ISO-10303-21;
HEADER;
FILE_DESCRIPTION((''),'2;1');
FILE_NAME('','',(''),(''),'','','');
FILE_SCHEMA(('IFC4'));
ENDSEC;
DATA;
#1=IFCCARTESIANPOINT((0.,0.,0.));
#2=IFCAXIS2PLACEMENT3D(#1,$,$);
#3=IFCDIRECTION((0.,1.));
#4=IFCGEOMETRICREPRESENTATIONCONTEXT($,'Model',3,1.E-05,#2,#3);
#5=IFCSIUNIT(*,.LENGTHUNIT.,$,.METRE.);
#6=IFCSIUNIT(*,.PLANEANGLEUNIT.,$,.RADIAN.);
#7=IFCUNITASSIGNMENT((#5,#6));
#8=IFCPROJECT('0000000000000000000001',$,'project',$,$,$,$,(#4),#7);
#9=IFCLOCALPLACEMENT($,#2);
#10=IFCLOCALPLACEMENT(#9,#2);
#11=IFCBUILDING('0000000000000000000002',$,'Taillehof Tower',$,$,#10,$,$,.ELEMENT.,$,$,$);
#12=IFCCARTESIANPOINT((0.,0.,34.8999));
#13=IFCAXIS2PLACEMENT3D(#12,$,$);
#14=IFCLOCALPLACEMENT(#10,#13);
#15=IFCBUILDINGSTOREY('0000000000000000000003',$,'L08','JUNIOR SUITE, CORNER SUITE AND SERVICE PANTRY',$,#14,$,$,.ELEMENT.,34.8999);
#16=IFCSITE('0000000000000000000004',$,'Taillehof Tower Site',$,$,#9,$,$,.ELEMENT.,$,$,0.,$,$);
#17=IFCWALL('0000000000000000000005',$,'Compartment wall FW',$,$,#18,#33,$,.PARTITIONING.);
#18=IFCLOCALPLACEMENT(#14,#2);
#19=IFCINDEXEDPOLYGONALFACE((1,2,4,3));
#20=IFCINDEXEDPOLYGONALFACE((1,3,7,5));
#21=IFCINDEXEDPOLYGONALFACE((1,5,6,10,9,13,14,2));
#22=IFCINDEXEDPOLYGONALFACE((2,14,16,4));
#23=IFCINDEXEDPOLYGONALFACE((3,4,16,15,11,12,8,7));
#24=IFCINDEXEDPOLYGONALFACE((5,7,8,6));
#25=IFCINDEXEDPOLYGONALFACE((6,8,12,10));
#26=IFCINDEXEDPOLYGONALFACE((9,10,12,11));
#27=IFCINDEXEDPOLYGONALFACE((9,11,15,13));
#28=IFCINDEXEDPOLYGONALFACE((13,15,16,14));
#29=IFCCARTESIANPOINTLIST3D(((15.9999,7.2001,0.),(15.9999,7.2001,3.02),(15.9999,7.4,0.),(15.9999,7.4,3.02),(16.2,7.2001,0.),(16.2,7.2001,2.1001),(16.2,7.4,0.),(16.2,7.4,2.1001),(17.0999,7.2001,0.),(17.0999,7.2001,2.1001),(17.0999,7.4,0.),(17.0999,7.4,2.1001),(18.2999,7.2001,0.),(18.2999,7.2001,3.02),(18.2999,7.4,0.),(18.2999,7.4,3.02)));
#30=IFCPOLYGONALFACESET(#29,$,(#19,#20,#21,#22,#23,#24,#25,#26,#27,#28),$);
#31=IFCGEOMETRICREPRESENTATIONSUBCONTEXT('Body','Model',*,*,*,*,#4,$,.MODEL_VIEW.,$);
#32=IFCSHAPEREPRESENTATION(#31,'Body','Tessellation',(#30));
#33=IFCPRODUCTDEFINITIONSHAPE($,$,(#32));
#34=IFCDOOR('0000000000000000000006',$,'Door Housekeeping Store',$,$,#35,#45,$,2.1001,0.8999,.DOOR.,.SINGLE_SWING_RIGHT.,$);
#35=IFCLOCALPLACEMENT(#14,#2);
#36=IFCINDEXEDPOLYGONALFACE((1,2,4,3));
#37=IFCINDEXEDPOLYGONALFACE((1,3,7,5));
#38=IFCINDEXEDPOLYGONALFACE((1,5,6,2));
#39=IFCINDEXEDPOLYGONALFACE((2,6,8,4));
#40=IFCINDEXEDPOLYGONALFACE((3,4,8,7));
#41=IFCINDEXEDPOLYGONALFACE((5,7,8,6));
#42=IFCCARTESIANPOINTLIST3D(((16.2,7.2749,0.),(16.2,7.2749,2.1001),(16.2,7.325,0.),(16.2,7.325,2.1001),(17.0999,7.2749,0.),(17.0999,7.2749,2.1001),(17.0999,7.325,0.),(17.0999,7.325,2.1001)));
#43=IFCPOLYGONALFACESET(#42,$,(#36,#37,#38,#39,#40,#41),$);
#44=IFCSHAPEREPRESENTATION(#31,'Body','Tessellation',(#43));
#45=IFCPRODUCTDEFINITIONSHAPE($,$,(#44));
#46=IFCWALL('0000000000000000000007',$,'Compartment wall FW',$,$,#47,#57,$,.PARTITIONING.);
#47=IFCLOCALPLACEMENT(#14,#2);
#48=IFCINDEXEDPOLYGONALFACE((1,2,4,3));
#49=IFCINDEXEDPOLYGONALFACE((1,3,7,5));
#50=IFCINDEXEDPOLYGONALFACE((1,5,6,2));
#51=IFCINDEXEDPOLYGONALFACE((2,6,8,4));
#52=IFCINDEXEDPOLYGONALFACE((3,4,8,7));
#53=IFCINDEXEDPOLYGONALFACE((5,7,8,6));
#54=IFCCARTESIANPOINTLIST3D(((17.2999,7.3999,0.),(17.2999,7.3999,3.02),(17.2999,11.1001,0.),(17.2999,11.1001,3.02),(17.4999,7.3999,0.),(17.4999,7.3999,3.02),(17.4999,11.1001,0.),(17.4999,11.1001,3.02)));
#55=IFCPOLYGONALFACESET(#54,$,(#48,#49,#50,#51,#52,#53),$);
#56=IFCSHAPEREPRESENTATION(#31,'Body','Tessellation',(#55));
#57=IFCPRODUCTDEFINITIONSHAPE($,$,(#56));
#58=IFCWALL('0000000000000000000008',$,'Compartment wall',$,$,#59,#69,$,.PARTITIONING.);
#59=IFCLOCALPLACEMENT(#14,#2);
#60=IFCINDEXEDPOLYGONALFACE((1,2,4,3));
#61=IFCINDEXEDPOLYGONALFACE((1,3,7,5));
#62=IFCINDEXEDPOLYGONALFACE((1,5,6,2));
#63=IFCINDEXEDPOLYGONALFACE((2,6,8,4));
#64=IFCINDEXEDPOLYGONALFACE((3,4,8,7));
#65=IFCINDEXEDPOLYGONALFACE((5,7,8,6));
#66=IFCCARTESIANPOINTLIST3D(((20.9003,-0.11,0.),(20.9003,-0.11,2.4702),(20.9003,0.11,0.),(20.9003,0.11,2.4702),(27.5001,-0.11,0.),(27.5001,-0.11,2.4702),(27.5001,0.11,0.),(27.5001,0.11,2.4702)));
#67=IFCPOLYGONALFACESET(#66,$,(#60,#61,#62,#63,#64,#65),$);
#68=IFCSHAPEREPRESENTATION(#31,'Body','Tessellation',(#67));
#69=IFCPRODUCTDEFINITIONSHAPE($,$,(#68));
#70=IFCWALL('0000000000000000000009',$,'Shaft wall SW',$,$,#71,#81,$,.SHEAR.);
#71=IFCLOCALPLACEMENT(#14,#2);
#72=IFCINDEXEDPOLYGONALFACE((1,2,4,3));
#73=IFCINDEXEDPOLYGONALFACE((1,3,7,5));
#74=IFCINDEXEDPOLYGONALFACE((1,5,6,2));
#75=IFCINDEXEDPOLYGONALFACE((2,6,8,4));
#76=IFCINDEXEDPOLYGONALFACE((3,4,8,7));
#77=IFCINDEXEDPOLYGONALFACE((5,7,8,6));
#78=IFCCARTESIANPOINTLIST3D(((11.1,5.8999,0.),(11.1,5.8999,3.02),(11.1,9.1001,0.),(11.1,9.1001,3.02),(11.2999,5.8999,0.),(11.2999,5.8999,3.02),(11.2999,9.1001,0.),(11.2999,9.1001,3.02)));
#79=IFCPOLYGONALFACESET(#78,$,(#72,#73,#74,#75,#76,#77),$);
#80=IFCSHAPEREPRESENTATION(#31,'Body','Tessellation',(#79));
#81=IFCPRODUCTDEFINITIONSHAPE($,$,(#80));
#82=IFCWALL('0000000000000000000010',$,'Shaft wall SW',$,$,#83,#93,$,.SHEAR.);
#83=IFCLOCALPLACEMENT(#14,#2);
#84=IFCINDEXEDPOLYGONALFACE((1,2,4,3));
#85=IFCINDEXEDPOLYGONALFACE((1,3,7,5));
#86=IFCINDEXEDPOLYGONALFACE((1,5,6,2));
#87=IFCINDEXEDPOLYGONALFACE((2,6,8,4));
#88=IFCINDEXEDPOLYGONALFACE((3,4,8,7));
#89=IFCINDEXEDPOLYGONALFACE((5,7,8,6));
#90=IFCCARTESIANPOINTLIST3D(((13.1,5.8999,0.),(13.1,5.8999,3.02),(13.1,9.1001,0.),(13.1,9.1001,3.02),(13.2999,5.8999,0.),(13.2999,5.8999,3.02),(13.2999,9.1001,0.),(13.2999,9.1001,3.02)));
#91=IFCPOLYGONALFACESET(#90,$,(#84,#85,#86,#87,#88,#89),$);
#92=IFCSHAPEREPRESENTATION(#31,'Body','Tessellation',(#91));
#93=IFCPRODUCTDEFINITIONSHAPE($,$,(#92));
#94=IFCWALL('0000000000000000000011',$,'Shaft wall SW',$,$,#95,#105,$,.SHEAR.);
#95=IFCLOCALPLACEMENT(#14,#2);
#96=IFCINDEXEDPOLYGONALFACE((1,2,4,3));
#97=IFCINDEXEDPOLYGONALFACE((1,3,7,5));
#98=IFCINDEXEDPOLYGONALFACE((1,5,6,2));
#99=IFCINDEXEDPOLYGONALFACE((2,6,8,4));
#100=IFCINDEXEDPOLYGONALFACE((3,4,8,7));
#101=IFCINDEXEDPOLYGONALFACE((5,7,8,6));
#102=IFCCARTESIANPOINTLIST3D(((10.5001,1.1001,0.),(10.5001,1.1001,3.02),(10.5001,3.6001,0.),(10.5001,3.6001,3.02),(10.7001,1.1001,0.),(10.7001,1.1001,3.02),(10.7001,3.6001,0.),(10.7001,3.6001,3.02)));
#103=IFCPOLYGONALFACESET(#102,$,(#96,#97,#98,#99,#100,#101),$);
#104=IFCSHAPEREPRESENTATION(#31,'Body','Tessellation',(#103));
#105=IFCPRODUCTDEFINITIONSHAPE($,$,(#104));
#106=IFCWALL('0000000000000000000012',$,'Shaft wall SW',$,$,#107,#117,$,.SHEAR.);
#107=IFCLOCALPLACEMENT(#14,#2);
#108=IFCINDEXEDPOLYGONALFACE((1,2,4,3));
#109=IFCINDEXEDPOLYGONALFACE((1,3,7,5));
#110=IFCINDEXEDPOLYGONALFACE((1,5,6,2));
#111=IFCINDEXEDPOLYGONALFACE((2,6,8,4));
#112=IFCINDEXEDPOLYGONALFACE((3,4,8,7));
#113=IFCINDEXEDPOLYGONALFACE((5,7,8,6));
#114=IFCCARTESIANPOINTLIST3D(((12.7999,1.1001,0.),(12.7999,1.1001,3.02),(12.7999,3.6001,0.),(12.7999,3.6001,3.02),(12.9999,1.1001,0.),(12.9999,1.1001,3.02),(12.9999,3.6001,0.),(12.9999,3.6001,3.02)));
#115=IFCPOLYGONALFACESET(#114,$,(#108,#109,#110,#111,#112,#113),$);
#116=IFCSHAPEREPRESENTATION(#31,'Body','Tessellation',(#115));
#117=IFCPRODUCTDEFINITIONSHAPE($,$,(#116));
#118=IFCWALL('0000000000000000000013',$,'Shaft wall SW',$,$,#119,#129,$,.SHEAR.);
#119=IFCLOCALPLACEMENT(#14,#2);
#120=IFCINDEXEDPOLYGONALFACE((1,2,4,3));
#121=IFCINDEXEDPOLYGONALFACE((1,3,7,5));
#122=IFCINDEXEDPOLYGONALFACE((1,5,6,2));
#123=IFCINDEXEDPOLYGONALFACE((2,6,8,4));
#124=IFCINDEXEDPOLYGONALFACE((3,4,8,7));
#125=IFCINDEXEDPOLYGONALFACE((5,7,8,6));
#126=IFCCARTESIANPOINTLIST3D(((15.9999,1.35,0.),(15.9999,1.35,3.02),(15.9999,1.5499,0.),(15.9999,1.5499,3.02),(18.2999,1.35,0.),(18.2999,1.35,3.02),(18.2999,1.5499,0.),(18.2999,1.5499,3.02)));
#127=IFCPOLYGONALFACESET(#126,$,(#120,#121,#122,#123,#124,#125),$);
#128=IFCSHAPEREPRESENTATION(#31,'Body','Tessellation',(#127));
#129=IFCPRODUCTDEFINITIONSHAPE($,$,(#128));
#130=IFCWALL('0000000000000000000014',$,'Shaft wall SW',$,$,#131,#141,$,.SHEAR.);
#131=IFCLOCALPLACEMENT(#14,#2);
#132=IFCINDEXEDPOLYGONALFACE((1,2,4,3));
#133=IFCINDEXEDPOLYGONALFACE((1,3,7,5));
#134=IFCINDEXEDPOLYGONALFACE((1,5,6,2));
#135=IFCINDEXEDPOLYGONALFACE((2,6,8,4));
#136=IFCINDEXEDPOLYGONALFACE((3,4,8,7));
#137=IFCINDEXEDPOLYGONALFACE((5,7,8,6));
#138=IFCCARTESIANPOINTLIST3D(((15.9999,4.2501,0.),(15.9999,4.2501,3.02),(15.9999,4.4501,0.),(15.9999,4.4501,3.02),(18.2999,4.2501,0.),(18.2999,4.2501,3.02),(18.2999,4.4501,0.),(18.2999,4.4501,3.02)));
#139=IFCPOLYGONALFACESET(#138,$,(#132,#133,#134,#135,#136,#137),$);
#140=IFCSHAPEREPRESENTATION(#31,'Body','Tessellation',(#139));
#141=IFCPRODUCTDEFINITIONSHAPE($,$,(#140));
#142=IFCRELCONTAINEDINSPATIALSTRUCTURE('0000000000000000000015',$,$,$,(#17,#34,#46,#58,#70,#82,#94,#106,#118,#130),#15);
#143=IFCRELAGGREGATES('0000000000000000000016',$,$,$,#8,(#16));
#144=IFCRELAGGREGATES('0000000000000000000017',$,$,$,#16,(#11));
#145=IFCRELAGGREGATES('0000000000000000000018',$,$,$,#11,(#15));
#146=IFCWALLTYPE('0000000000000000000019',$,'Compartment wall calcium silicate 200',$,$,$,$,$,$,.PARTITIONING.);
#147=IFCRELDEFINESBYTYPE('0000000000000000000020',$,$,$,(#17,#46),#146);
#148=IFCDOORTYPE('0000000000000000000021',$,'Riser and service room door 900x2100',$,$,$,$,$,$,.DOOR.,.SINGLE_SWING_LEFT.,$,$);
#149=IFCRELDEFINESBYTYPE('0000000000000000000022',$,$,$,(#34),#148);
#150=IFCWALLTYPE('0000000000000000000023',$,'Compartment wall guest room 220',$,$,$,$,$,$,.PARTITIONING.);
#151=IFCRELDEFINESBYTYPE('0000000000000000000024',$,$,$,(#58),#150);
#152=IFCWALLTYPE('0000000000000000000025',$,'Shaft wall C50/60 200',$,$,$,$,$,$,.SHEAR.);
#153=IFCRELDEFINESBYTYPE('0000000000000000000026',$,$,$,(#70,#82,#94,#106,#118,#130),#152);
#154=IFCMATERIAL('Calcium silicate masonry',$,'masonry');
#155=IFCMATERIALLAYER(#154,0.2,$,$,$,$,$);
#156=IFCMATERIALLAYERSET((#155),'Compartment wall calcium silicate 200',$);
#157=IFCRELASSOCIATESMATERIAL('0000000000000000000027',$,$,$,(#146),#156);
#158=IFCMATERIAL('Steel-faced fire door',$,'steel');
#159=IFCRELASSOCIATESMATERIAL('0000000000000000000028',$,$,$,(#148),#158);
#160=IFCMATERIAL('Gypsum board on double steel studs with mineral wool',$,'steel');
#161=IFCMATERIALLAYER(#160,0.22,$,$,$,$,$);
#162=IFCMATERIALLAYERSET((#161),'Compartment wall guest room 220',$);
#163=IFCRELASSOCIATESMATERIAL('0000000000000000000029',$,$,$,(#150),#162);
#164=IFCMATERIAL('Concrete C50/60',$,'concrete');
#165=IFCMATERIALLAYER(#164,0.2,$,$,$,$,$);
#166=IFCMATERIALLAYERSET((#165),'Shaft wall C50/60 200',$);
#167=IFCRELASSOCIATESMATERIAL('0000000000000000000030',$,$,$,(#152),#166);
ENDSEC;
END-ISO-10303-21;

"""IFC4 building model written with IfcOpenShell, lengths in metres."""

from ifc_helpers import new_model, si_unit, direction, frame, frame_2d, origin, place, context, subcontext, project, spatial, rectangle, extrude, material, layer, layer_set, type_object, element, fill, save


model = new_model("IFC4")

# Units and contexts
model_context = context("Model", 3, precision=1e-05, world=origin(), true_north=direction((0.0, 1.0)))
body_context = subcontext(model_context, "Body", "Model", "MODEL_VIEW")
ifc_project = project(units=[si_unit("LENGTHUNIT", "METRE"), si_unit("PLANEANGLEUNIT", "RADIAN")], contexts=[model_context])

# Site, building, storey
site_placement = place(None, origin())
site = spatial("IfcSite", under=ifc_project, at=site_placement, Name="Taillehof Tower Site", CompositionType="ELEMENT", RefElevation=0.0)
building_placement = place(site_placement, origin())
building = spatial("IfcBuilding", under=site, at=building_placement, Name="Taillehof Tower", CompositionType="ELEMENT")
storey_placement = place(building_placement, frame((0.0, 0.0, 34.8999)))
storey = spatial("IfcBuildingStorey", under=building, at=storey_placement, Name="L08", Description="JUNIOR SUITE, CORNER SUITE AND SERVICE PANTRY", CompositionType="ELEMENT", Elevation=34.8999)

# Wall, opening, door
ifc_material_1 = material(Name="Calcium silicate masonry", Category="masonry")
ifc_layer_1 = layer(ifc_material_1, 0.2)
ifc_layer_set_1 = layer_set([ifc_layer_1], Name="Compartment wall calcium silicate 200")
wall_type_1 = type_object("IfcWallType", Name="Compartment wall calcium silicate 200", PredefinedType="PARTITIONING", material=ifc_layer_set_1)
wall_1_placement = place(storey_placement, frame((16.0, 7.3, 0.0), z_axis=(0.0, 0.0, 1.0), x_axis=(1.0, 0.0, 0.0)))
wall_1 = element("IfcWall", 1, at=wall_1_placement, inside=storey, type_object=wall_type_1, Name="Compartment wall FW", PredefinedType="PARTITIONING", context=body_context, shape_type="SweptSolid", body=[
    extrude(rectangle(XDim=2.3, YDim=0.2, at=frame_2d((1.1499, 0.0))), origin(), (0.0, 0.0, 1.0), 3.02),
])
opening_1_placement = place(wall_1_placement, frame((0.2, 0.0, 0.0)))
opening_1 = element("IfcOpeningElement", 2, at=opening_1_placement, cuts=wall_1, PredefinedType="OPENING", context=body_context, shape_type="SweptSolid", body=[
    extrude(rectangle(XDim=0.8999, YDim=2.1001, at=frame_2d((0.45, 1.05))), frame((0.0, 0.1099, 0.0), z_axis=(0.0, -1.0, 0.0), x_axis=(1.0, 0.0, 0.0)), (0.0, 0.0, 1.0), 0.22),
])
ifc_material_2 = material(Name="Steel-faced fire door", Category="steel")
door_type = type_object("IfcDoorType", Name="Riser and service room door 900x2100", OperationType="SINGLE_SWING_LEFT", PredefinedType="DOOR", material=ifc_material_2)
door_placement = place(opening_1_placement, origin())
door = element("IfcDoor", 3, at=door_placement, inside=storey, type_object=door_type, Name="Door Housekeeping Store", OperationType="SINGLE_SWING_RIGHT", OverallHeight=2.1001, OverallWidth=0.8999, PredefinedType="DOOR", context=body_context, shape_type="SweptSolid", body=[
    extrude(rectangle(XDim=0.8999, YDim=2.1001, at=frame_2d((0.45, 1.05))), frame((0.0, 0.0249, 0.0), z_axis=(0.0, -1.0, 0.0), x_axis=(1.0, 0.0, 0.0)), (0.0, 0.0, 1.0), 0.05),
])
fill(opening_1, door)

# Walls
wall_2_placement = place(storey_placement, frame((17.3999, 7.3999, 0.0), z_axis=(0.0, 0.0, 1.0), x_axis=(0.0, 1.0, 0.0)))
element("IfcWall", 4, at=wall_2_placement, inside=storey, type_object=wall_type_1, Name="Compartment wall FW", PredefinedType="PARTITIONING", context=body_context, shape_type="SweptSolid", body=[
    extrude(rectangle(XDim=3.7002, YDim=0.2, at=frame_2d((1.8501, 0.0))), origin(), (0.0, 0.0, 1.0), 3.02),
])
ifc_material_3 = material(Name="Gypsum board on double steel studs with mineral wool", Category="steel")
ifc_layer_2 = layer(ifc_material_3, 0.22)
ifc_layer_set_2 = layer_set([ifc_layer_2], Name="Compartment wall guest room 220")
wall_type_2 = type_object("IfcWallType", Name="Compartment wall guest room 220", PredefinedType="PARTITIONING", material=ifc_layer_set_2)
wall_3_placement = place(storey_placement, frame((27.5, 0.0, 0.0), z_axis=(0.0, 0.0, 1.0), x_axis=(-1.0, 0.0, 0.0)))
element("IfcWall", 5, at=wall_3_placement, inside=storey, type_object=wall_type_2, Name="Compartment wall", PredefinedType="PARTITIONING", context=body_context, shape_type="SweptSolid", body=[
    extrude(rectangle(XDim=6.5999, YDim=0.22, at=frame_2d((3.2998, 0.0))), origin(), (0.0, 0.0, 1.0), 2.4702),
])
ifc_material_4 = material(Name="Concrete C50/60", Category="concrete")
ifc_layer_3 = layer(ifc_material_4, 0.2)
ifc_layer_set_3 = layer_set([ifc_layer_3], Name="Shaft wall C50/60 200")
wall_type_3 = type_object("IfcWallType", Name="Shaft wall C50/60 200", PredefinedType="SHEAR", material=ifc_layer_set_3)
for number, where, z_axis, x_axis, name in (
    (6, (11.2, 5.8999, 0.0), (0.0, 0.0, 1.0), (0.0, 1.0, 0.0), "Shaft wall SW"),
    (7, (13.2, 5.8999, 0.0), (0.0, 0.0, 1.0), (0.0, 1.0, 0.0), "Shaft wall SW"),
):
    element("IfcWall", number, at=place(storey_placement, frame(where, z_axis=z_axis, x_axis=x_axis)), inside=storey, type_object=wall_type_3, Name=name, PredefinedType="SHEAR", context=body_context, shape_type="SweptSolid", body=[
        extrude(rectangle(XDim=3.2002, YDim=0.2, at=frame_2d((1.6001, 0.0))), origin(), (0.0, 0.0, 1.0), 3.02),
    ])
for number, where, z_axis, x_axis, name in (
    (8, (10.6001, 1.1001, 0.0), (0.0, 0.0, 1.0), (0.0, 1.0, 0.0), "Shaft wall SW"),
    (9, (12.8999, 1.1001, 0.0), (0.0, 0.0, 1.0), (0.0, 1.0, 0.0), "Shaft wall SW"),
):
    element("IfcWall", number, at=place(storey_placement, frame(where, z_axis=z_axis, x_axis=x_axis)), inside=storey, type_object=wall_type_3, Name=name, PredefinedType="SHEAR", context=body_context, shape_type="SweptSolid", body=[
        extrude(rectangle(XDim=2.5, YDim=0.2, at=frame_2d((1.25, 0.0))), origin(), (0.0, 0.0, 1.0), 3.02),
    ])
for number, where, z_axis, x_axis, name in (
    (10, (16.0, 1.45, 0.0), (0.0, 0.0, 1.0), (1.0, 0.0, 0.0), "Shaft wall SW"),
    (11, (16.0, 4.3501, 0.0), (0.0, 0.0, 1.0), (1.0, 0.0, 0.0), "Shaft wall SW"),
):
    element("IfcWall", number, at=place(storey_placement, frame(where, z_axis=z_axis, x_axis=x_axis)), inside=storey, type_object=wall_type_3, Name=name, PredefinedType="SHEAR", context=body_context, shape_type="SweptSolid", body=[
        extrude(rectangle(XDim=2.3, YDim=0.2, at=frame_2d((1.1499, 0.0))), origin(), (0.0, 0.0, 1.0), 3.02),
    ])

save(model, "model.ifc")
